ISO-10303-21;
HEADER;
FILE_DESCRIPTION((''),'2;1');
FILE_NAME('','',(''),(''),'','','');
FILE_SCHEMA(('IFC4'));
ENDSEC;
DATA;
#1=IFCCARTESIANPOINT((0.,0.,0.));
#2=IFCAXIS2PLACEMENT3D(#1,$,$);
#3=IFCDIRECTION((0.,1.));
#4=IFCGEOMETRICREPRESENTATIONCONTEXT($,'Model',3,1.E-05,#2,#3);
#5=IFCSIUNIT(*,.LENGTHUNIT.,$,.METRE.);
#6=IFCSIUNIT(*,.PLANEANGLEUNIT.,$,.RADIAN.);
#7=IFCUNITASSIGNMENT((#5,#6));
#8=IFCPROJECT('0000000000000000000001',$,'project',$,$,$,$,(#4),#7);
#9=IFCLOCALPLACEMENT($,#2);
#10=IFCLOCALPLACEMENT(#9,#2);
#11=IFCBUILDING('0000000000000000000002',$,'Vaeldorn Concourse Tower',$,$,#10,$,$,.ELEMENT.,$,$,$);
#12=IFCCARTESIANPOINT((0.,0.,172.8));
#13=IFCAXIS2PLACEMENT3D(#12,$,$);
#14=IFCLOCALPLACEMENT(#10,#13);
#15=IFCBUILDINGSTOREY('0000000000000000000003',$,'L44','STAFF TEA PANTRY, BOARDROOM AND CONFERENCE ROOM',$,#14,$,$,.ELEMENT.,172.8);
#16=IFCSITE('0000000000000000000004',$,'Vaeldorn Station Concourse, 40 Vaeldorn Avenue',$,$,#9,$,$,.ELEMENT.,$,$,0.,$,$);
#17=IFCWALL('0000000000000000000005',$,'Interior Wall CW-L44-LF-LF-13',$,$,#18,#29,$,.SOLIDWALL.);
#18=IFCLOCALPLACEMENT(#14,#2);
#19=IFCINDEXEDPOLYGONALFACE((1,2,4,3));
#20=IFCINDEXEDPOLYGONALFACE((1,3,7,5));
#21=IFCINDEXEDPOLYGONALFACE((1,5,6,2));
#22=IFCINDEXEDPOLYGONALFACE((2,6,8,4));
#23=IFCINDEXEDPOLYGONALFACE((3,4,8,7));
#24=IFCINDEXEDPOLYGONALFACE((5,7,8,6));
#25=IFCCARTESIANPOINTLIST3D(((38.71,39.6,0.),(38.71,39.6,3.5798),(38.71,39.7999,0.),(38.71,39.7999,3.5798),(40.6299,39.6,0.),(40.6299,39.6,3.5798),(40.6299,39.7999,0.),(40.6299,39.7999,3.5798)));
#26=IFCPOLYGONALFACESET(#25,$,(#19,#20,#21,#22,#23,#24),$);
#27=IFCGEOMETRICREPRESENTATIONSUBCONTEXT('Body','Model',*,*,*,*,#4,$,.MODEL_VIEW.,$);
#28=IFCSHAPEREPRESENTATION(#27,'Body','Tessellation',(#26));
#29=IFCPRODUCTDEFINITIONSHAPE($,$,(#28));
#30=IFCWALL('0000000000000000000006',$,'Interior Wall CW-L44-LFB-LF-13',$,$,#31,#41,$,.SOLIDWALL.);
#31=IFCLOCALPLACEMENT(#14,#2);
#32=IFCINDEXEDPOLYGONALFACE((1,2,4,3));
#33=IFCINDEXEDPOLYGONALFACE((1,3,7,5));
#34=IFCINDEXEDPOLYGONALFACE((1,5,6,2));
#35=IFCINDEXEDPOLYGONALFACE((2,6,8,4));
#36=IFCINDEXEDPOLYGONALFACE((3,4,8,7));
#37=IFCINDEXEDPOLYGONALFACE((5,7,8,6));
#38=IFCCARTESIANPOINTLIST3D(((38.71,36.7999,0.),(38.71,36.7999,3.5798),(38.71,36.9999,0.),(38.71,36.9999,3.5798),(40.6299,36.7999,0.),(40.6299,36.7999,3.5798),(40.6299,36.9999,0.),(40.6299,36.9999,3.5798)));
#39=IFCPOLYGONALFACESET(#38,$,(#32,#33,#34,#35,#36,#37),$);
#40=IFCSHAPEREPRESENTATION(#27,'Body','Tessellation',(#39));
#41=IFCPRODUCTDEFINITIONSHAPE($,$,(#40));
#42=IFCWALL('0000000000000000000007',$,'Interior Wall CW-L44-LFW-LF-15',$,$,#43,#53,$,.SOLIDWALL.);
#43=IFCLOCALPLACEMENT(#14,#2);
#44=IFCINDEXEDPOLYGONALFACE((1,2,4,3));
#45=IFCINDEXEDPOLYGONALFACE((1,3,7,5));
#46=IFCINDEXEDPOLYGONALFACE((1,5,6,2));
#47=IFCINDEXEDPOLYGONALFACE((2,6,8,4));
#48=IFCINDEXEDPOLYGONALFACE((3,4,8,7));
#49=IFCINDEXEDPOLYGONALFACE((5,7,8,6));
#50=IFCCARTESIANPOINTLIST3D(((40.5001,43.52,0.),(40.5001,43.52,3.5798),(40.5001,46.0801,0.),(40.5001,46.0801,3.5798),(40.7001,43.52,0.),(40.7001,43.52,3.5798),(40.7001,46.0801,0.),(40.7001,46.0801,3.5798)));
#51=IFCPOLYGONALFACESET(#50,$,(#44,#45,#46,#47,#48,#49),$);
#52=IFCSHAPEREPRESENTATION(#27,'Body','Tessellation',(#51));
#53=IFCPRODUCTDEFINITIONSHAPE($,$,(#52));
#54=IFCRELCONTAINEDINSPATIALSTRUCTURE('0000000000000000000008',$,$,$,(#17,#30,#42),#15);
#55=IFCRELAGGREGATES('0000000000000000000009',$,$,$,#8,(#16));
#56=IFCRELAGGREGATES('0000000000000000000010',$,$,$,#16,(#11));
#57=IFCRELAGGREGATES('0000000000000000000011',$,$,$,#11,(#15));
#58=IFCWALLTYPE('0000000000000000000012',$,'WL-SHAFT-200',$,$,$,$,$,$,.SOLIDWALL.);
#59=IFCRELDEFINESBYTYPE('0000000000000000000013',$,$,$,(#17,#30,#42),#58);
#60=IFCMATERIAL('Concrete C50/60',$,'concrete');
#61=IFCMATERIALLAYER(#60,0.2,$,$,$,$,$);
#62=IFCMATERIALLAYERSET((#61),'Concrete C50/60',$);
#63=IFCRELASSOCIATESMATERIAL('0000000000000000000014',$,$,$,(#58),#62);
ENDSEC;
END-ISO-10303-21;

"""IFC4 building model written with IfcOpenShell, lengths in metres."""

from ifc_helpers import new_model, si_unit, direction, frame, frame_2d, origin, place, context, subcontext, project, spatial, rectangle, extrude, material, layer, layer_set, type_object, element, save


model = new_model("IFC4")

# Units and contexts
model_context = context("Model", 3, precision=1e-05, world=origin(), true_north=direction((0.0, 1.0)))
body_context = subcontext(model_context, "Body", "Model", "MODEL_VIEW")
ifc_project = project(units=[si_unit("LENGTHUNIT", "METRE"), si_unit("PLANEANGLEUNIT", "RADIAN")], contexts=[model_context])

# Site, building, storey
site_placement = place(None, origin())
site = spatial("IfcSite", under=ifc_project, at=site_placement, Name="Vaeldorn Station Concourse, 40 Vaeldorn Avenue", CompositionType="ELEMENT", RefElevation=0.0)
building_placement = place(site_placement, origin())
building = spatial("IfcBuilding", under=site, at=building_placement, Name="Vaeldorn Concourse Tower", CompositionType="ELEMENT")
storey_placement = place(building_placement, frame((0.0, 0.0, 172.8)))
storey = spatial("IfcBuildingStorey", under=building, at=storey_placement, Name="L44", Description="STAFF TEA PANTRY, BOARDROOM AND CONFERENCE ROOM", CompositionType="ELEMENT", Elevation=172.8)

# Shared definitions
ifc_material_1 = material(Name="Concrete C50/60", Category="concrete")

# Shared definitions
ifc_layer_1 = layer(ifc_material_1, 0.2)
ifc_layer_set_1 = layer_set([ifc_layer_1], Name="Concrete C50/60")
wall_type_1 = type_object("IfcWallType", Name="WL-SHAFT-200", PredefinedType="SOLIDWALL", material=ifc_layer_set_1)

# Walls
for number, where, z_axis, x_axis, name in (
    (1, (38.71, 39.7, 0.0), (0.0, 0.0, 1.0), (1.0, 0.0, 0.0), "Interior Wall CW-L44-LF-LF-13"),
    (2, (38.71, 36.8999, 0.0), (0.0, 0.0, 1.0), (1.0, 0.0, 0.0), "Interior Wall CW-L44-LFB-LF-13"),
):
    element("IfcWall", number, at=place(storey_placement, frame(where, z_axis=z_axis, x_axis=x_axis)), inside=storey, type_object=wall_type_1, Name=name, PredefinedType="SOLIDWALL", context=body_context, shape_type="SweptSolid", body=[
        extrude(rectangle(XDim=1.9199, YDim=0.2, at=frame_2d((0.96, 0.0))), origin(), (0.0, 0.0, 1.0), 3.5798),
    ])
wall_1_placement = place(storey_placement, frame((40.6001, 43.52, 0.0), z_axis=(0.0, 0.0, 1.0), x_axis=(0.0, 1.0, 0.0)))
element("IfcWall", 3, at=wall_1_placement, inside=storey, type_object=wall_type_1, Name="Interior Wall CW-L44-LFW-LF-15", PredefinedType="SOLIDWALL", context=body_context, shape_type="SweptSolid", body=[
    extrude(rectangle(XDim=2.5601, YDim=0.2, at=frame_2d((1.28, 0.0))), origin(), (0.0, 0.0, 1.0), 3.5798),
])

save(model, "model.ifc")
